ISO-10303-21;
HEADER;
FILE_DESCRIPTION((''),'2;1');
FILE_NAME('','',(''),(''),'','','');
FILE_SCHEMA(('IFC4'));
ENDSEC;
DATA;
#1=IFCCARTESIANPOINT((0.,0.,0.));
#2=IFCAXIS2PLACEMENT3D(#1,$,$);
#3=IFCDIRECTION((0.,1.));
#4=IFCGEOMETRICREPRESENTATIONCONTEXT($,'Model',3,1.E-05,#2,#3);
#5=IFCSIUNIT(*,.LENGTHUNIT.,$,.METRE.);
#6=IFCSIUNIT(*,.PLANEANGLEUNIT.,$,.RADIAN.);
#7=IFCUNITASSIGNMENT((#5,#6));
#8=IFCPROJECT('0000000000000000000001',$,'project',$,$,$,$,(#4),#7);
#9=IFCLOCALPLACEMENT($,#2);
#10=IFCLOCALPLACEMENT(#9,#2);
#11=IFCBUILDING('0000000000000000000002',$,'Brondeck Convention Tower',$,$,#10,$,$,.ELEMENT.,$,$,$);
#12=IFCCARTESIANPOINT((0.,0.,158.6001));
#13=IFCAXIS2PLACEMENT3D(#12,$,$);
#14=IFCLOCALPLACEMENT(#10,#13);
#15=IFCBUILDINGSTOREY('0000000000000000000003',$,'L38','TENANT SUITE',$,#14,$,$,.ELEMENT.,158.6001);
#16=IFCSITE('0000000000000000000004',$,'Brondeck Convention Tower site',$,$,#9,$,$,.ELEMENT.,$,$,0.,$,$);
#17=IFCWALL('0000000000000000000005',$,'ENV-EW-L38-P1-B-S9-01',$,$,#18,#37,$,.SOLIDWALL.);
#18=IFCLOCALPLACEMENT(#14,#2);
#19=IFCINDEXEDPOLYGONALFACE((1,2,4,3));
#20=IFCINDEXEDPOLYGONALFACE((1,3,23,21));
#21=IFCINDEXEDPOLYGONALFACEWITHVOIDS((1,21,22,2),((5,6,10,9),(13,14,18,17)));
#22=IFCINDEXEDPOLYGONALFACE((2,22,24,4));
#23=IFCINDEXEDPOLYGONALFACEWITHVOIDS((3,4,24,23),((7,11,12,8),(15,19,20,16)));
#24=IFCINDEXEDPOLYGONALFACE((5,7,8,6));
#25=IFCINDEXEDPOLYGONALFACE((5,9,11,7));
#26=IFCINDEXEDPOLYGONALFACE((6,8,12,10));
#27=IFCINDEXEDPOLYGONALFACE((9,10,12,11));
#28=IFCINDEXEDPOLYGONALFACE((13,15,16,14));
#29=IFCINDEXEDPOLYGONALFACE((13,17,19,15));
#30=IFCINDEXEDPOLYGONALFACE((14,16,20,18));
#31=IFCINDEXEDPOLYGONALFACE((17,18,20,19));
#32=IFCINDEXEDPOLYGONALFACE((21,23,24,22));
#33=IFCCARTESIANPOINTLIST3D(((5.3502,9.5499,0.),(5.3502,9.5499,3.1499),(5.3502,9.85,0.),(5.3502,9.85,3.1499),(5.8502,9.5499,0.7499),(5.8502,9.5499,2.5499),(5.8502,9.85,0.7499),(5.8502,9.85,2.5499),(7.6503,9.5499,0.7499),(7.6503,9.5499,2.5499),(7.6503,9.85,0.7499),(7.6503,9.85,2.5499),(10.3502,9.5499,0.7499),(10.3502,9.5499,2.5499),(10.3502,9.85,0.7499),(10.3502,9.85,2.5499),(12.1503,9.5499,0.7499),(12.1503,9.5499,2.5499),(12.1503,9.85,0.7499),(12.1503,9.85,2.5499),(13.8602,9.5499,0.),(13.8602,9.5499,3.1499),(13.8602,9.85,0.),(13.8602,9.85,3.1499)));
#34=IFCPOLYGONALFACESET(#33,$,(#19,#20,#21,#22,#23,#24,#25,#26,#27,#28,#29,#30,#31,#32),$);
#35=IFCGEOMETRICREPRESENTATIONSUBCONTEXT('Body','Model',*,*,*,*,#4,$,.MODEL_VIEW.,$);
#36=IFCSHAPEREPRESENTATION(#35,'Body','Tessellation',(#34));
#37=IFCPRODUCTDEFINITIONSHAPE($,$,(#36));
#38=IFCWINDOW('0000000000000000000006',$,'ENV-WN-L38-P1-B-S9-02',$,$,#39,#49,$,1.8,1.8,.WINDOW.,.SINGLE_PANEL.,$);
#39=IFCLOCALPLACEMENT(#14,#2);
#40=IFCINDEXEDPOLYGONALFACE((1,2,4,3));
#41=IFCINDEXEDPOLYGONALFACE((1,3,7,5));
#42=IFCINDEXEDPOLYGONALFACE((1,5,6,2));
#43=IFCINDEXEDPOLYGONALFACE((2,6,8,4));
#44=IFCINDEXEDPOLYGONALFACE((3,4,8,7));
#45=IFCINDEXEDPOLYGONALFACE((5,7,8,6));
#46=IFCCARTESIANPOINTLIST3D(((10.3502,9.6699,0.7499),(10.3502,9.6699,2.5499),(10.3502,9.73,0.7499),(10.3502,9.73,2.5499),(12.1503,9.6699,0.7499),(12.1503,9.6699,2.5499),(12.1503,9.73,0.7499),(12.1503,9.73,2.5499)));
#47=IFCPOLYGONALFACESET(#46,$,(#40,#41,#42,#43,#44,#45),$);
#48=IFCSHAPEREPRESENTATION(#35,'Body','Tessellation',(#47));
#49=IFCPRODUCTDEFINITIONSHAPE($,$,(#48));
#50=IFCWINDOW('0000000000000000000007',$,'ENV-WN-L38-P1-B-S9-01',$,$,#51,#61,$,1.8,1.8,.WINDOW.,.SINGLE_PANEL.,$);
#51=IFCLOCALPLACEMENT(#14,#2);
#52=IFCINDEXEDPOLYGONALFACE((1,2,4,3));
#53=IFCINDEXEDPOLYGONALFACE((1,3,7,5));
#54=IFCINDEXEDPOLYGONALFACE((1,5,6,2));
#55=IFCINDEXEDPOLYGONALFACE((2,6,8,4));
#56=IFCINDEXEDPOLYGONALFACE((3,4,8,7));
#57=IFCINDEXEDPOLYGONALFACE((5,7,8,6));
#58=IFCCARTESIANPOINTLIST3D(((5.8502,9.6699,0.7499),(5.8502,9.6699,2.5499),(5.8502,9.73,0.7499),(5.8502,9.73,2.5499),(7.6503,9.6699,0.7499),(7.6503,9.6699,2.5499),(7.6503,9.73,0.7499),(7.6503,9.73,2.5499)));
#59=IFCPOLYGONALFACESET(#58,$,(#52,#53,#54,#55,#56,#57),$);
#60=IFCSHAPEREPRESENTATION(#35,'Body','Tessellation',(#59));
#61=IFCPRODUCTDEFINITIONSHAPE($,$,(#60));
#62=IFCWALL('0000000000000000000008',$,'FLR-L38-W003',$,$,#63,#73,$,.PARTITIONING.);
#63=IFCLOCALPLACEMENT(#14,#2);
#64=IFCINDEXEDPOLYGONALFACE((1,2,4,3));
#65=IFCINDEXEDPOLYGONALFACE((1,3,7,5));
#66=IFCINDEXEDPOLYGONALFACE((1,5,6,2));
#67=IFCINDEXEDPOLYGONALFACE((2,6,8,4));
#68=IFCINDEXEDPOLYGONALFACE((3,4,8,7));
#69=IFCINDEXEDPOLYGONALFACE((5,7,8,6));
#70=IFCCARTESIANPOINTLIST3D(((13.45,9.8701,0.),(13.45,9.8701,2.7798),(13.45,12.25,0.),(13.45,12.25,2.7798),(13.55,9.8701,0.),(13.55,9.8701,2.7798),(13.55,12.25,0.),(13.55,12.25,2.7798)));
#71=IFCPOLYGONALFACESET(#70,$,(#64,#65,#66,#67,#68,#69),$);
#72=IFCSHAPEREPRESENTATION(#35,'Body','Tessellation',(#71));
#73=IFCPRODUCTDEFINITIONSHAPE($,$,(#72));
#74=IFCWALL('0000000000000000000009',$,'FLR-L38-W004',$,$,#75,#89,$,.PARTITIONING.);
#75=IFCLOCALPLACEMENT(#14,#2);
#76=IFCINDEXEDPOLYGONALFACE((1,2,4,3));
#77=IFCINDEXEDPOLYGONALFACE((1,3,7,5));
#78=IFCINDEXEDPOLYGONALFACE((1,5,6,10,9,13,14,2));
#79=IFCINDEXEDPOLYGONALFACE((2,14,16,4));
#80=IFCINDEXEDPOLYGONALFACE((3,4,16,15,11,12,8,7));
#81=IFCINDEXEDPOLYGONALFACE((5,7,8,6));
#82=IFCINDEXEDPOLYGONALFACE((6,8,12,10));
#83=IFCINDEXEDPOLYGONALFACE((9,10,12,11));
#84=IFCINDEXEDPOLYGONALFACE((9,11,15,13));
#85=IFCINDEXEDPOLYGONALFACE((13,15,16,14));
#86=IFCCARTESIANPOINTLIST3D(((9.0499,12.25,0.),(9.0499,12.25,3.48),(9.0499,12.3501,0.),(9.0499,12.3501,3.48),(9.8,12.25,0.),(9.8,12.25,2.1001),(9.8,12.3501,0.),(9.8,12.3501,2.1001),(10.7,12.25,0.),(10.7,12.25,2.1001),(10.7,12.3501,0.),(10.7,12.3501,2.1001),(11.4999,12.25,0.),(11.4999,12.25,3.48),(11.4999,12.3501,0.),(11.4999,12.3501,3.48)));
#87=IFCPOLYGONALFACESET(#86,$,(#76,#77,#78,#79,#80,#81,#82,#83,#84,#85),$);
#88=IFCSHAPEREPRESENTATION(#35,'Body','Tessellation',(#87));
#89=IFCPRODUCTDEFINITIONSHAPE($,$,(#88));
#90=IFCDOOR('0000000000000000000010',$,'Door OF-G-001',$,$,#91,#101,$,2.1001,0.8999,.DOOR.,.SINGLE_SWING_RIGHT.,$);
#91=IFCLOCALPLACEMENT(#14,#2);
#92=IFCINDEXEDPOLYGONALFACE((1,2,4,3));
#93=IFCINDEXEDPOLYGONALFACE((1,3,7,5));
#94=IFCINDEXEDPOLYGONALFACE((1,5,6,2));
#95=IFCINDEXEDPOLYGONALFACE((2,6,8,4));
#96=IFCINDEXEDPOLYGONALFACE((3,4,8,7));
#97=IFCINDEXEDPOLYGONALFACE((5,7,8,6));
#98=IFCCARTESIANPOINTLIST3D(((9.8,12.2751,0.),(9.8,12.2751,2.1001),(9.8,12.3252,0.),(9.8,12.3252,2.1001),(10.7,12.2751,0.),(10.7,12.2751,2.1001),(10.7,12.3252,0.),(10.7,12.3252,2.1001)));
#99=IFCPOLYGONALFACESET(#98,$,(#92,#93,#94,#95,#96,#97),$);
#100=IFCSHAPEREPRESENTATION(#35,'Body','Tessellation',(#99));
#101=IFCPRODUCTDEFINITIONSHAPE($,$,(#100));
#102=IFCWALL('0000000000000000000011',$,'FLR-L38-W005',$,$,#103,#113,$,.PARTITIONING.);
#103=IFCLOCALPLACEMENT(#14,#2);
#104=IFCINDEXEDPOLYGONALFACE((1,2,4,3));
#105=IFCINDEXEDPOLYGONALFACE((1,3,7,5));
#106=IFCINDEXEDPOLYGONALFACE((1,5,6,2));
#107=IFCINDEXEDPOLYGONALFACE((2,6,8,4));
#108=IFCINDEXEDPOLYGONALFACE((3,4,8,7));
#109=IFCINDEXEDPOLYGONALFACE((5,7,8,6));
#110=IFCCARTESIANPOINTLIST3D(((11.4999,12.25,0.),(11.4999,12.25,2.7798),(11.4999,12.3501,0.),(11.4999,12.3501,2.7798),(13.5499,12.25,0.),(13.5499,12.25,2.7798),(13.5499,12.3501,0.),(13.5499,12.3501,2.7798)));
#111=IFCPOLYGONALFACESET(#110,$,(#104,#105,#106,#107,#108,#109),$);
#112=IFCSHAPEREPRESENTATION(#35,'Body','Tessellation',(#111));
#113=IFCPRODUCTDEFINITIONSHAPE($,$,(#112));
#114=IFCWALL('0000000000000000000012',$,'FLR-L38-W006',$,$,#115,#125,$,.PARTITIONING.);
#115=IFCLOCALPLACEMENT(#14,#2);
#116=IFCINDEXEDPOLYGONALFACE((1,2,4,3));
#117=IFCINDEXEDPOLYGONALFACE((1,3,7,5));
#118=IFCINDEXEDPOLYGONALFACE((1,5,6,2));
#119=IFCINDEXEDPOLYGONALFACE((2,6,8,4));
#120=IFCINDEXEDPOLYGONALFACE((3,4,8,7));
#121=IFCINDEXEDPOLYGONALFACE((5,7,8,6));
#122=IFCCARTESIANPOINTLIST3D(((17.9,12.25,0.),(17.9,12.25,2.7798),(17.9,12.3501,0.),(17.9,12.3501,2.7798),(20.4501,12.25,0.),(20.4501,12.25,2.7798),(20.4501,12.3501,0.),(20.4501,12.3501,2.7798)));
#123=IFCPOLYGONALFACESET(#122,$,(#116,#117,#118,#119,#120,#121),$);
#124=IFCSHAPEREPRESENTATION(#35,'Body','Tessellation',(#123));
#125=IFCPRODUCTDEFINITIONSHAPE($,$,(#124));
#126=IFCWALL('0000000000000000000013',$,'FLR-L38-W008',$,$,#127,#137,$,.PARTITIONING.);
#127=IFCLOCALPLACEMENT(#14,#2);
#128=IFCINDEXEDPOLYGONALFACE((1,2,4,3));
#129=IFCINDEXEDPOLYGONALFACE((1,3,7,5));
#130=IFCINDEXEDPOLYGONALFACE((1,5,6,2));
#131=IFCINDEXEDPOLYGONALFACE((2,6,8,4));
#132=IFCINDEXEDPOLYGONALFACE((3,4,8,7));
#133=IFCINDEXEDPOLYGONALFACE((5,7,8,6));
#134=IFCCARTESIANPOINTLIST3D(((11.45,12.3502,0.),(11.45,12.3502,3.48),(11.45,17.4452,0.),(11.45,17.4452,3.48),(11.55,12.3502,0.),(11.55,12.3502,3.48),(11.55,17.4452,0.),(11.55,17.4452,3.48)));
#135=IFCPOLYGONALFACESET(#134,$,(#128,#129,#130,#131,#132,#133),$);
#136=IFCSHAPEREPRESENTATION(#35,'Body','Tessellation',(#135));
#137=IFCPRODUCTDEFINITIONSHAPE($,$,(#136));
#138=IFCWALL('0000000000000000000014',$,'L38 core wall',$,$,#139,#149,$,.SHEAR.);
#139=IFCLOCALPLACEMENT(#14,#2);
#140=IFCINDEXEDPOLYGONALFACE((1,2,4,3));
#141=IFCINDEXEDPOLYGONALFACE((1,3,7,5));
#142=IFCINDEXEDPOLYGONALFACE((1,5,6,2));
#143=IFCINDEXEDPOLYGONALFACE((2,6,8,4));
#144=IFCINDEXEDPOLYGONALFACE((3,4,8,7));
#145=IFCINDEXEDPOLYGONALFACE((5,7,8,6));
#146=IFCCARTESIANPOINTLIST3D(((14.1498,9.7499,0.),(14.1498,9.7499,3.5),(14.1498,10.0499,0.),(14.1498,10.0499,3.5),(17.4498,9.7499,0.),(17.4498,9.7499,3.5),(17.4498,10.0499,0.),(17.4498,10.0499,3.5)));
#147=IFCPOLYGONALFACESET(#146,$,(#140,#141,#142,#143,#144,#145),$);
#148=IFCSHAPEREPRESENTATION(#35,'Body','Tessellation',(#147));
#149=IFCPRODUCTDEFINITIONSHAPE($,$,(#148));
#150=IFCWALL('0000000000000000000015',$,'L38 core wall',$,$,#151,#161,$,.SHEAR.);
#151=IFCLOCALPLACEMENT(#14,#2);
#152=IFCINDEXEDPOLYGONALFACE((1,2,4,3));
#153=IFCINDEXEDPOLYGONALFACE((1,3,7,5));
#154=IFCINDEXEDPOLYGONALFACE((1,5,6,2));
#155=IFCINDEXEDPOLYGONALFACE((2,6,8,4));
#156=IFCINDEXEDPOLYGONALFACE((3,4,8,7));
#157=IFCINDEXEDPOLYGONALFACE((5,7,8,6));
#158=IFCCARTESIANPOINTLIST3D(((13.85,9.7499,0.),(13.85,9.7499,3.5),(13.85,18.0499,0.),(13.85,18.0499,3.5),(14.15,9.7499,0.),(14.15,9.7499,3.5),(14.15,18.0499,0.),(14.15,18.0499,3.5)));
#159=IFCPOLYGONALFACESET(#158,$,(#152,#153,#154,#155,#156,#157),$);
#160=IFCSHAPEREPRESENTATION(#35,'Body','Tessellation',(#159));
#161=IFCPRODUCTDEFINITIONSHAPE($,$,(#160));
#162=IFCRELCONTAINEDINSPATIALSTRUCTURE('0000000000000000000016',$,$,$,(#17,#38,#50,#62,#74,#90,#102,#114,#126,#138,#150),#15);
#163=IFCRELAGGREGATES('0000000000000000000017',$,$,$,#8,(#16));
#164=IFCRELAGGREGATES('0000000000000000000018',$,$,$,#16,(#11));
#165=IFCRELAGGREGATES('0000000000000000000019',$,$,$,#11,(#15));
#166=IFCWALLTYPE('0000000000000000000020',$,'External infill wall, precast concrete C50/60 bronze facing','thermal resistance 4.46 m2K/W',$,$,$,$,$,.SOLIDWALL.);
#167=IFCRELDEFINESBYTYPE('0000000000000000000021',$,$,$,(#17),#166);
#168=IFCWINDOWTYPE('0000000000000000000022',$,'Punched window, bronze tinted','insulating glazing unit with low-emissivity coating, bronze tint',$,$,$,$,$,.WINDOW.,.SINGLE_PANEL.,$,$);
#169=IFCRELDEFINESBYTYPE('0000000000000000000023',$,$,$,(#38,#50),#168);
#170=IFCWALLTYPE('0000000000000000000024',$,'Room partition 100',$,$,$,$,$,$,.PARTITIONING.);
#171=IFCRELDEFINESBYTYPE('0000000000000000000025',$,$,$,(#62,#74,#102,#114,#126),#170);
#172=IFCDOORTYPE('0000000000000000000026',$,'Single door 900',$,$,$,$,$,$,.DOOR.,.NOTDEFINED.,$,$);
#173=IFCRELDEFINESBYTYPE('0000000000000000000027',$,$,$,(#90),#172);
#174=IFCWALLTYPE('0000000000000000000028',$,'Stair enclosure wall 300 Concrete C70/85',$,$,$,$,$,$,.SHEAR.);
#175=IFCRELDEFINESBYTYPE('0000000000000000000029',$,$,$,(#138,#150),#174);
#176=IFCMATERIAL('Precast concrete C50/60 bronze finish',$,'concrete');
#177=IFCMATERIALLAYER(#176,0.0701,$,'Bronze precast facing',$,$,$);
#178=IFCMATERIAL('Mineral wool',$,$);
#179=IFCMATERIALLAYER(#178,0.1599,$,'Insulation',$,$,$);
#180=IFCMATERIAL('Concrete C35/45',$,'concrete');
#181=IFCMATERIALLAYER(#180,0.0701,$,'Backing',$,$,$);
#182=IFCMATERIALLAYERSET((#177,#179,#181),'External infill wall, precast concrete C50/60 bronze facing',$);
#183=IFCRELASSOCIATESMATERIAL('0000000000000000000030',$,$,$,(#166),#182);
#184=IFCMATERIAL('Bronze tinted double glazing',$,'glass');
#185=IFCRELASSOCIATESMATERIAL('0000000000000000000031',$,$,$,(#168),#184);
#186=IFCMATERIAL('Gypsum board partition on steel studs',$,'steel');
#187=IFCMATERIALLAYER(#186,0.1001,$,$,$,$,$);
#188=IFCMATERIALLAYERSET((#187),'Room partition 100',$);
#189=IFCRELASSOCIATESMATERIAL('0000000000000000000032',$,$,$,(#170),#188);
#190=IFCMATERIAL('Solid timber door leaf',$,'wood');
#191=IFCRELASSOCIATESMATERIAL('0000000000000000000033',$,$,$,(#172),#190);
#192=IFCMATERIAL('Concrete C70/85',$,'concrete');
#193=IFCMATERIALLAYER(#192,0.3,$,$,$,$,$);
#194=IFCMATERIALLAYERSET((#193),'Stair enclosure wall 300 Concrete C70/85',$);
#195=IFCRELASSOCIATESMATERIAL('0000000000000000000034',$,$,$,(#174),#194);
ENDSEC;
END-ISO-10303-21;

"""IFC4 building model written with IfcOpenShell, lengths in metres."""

from ifc_helpers import new_model, si_unit, direction, frame, frame_2d, origin, place, context, subcontext, project, spatial, rectangle, extrude, material, layer, layer_set, type_object, element, fill, save


model = new_model("IFC4")

# Units and contexts
model_context = context("Model", 3, precision=1e-05, world=origin(), true_north=direction((0.0, 1.0)))
body_context = subcontext(model_context, "Body", "Model", "MODEL_VIEW")
ifc_project = project(units=[si_unit("LENGTHUNIT", "METRE"), si_unit("PLANEANGLEUNIT", "RADIAN")], contexts=[model_context])

# Site, building, storey
site_placement = place(None, origin())
site = spatial("IfcSite", under=ifc_project, at=site_placement, Name="Brondeck Convention Tower site", CompositionType="ELEMENT", RefElevation=0.0)
building_placement = place(site_placement, origin())
building = spatial("IfcBuilding", under=site, at=building_placement, Name="Brondeck Convention Tower", CompositionType="ELEMENT")
storey_placement = place(building_placement, frame((0.0, 0.0, 158.6001)))
storey = spatial("IfcBuildingStorey", under=building, at=storey_placement, Name="L38", Description="TENANT SUITE", CompositionType="ELEMENT", Elevation=158.6001)

# Shared definitions
ifc_material_1 = material(Name="Concrete C70/85", Category="concrete")

# Wall, openings, windows
ifc_material_2 = material(Name="Precast concrete C50/60 bronze finish", Category="concrete")
ifc_layer_1 = layer(ifc_material_2, 0.0701, Name="Bronze precast facing")
ifc_material_3 = material(Name="Mineral wool")
ifc_layer_2 = layer(ifc_material_3, 0.1599, Name="Insulation")
ifc_material_4 = material(Name="Concrete C35/45", Category="concrete")
ifc_layer_3 = layer(ifc_material_4, 0.0701, Name="Backing")
ifc_layer_set_1 = layer_set([ifc_layer_1, ifc_layer_2, ifc_layer_3], Name="External infill wall, precast concrete C50/60 bronze facing")
wall_type_1 = type_object("IfcWallType", Name="External infill wall, precast concrete C50/60 bronze facing", Description="thermal resistance 4.46 m2K/W", PredefinedType="SOLIDWALL", material=ifc_layer_set_1)
wall_1_placement = place(storey_placement, frame((13.8601, 9.7, 0.0), z_axis=(0.0, 0.0, 1.0), x_axis=(-1.0, 0.0, 0.0)))
wall_1 = element("IfcWall", 1, at=wall_1_placement, inside=storey, type_object=wall_type_1, Name="ENV-EW-L38-P1-B-S9-01", PredefinedType="SOLIDWALL", context=body_context, shape_type="SweptSolid", body=[
    extrude(rectangle(XDim=8.51, YDim=0.3, at=frame_2d((4.2549, 0.0))), origin(), (0.0, 0.0, 1.0), 3.1499),
])
opening_1_placement = place(wall_1_placement, frame((1.71, 0.0, 0.75)))
opening_1 = element("IfcOpeningElement", 2, at=opening_1_placement, cuts=wall_1, PredefinedType="OPENING", context=body_context, shape_type="SweptSolid", body=[
    extrude(rectangle(XDim=1.8, YDim=1.8, at=frame_2d((0.8999, 0.8999))), frame((0.0, 0.1599, 0.0), z_axis=(0.0, -1.0, 0.0), x_axis=(1.0, 0.0, 0.0)), (0.0, 0.0, 1.0), 0.3201),
])
opening_2_placement = place(wall_1_placement, frame((6.21, 0.0, 0.75)))
opening_2 = element("IfcOpeningElement", 3, at=opening_2_placement, cuts=wall_1, PredefinedType="OPENING", context=body_context, shape_type="SweptSolid", body=[
    extrude(rectangle(XDim=1.8, YDim=1.8, at=frame_2d((0.8999, 0.8999))), frame((0.0, 0.1599, 0.0), z_axis=(0.0, -1.0, 0.0), x_axis=(1.0, 0.0, 0.0)), (0.0, 0.0, 1.0), 0.3201),
])
ifc_material_5 = material(Name="Bronze tinted double glazing", Category="glass")
window_type = type_object("IfcWindowType", Name="Punched window, bronze tinted", Description="insulating glazing unit with low-emissivity coating, bronze tint", PartitioningType="SINGLE_PANEL", PredefinedType="WINDOW", material=ifc_material_5)
window_1_placement = place(opening_1_placement, origin())
window_1 = element("IfcWindow", 4, at=window_1_placement, inside=storey, type_object=window_type, Name="ENV-WN-L38-P1-B-S9-02", OverallHeight=1.8, OverallWidth=1.8, PartitioningType="SINGLE_PANEL", PredefinedType="WINDOW", context=body_context, shape_type="SweptSolid", body=[
    extrude(rectangle(XDim=1.8, YDim=1.8, at=frame_2d((0.8999, 0.8999))), frame((0.0, 0.03, 0.0), z_axis=(0.0, -1.0, 0.0), x_axis=(1.0, 0.0, 0.0)), (0.0, 0.0, 1.0), 0.0601),
])
fill(opening_1, window_1)
window_2_placement = place(opening_2_placement, origin())
window_2 = element("IfcWindow", 5, at=window_2_placement, inside=storey, type_object=window_type, Name="ENV-WN-L38-P1-B-S9-01", OverallHeight=1.8, OverallWidth=1.8, PartitioningType="SINGLE_PANEL", PredefinedType="WINDOW", context=body_context, shape_type="SweptSolid", body=[
    extrude(rectangle(XDim=1.8, YDim=1.8, at=frame_2d((0.8999, 0.8999))), frame((0.0, 0.03, 0.0), z_axis=(0.0, -1.0, 0.0), x_axis=(1.0, 0.0, 0.0)), (0.0, 0.0, 1.0), 0.0601),
])
fill(opening_2, window_2)

# Wall
ifc_material_6 = material(Name="Gypsum board partition on steel studs", Category="steel")
ifc_layer_4 = layer(ifc_material_6, 0.1001)
ifc_layer_set_2 = layer_set([ifc_layer_4], Name="Room partition 100")
wall_type_2 = type_object("IfcWallType", Name="Room partition 100", PredefinedType="PARTITIONING", material=ifc_layer_set_2)
wall_2_placement = place(storey_placement, frame((13.5, 12.25, 0.0), z_axis=(0.0, 0.0, 1.0), x_axis=(0.0, -1.0, 0.0)))
element("IfcWall", 6, at=wall_2_placement, inside=storey, type_object=wall_type_2, Name="FLR-L38-W003", PredefinedType="PARTITIONING", context=body_context, shape_type="SweptSolid", body=[
    extrude(rectangle(XDim=2.3799, YDim=0.1001, at=frame_2d((1.1899, 0.0))), origin(), (0.0, 0.0, 1.0), 2.7798),
])

# Wall, opening, door
wall_3_placement = place(storey_placement, frame((11.5, 12.3, 0.0), z_axis=(0.0, 0.0, 1.0), x_axis=(-1.0, 0.0, 0.0)))
wall_3 = element("IfcWall", 7, at=wall_3_placement, inside=storey, type_object=wall_type_2, Name="FLR-L38-W004", PredefinedType="PARTITIONING", context=body_context, shape_type="SweptSolid", body=[
    extrude(rectangle(XDim=2.45, YDim=0.1001, at=frame_2d((1.2251, 0.0))), origin(), (0.0, 0.0, 1.0), 3.48),
])
opening_3_placement = place(wall_3_placement, frame((0.8, 0.0, 0.0)))
opening_3 = element("IfcOpeningElement", 8, at=opening_3_placement, cuts=wall_3, PredefinedType="OPENING", context=body_context, shape_type="SweptSolid", body=[
    extrude(rectangle(XDim=0.8999, YDim=2.1001, at=frame_2d((0.45, 1.05))), frame((0.0, 0.0601, 0.0), z_axis=(0.0, -1.0, 0.0), x_axis=(1.0, 0.0, 0.0)), (0.0, 0.0, 1.0), 0.1201),
])
ifc_material_7 = material(Name="Solid timber door leaf", Category="wood")
door_type_1 = type_object("IfcDoorType", Name="Single door 900", OperationType="NOTDEFINED", PredefinedType="DOOR", material=ifc_material_7)
door_1_placement = place(opening_3_placement, origin())
door_1 = element("IfcDoor", 9, at=door_1_placement, inside=storey, type_object=door_type_1, Name="Door OF-G-001", OperationType="SINGLE_SWING_RIGHT", OverallHeight=2.1001, OverallWidth=0.8999, PredefinedType="DOOR", context=body_context, shape_type="SweptSolid", body=[
    extrude(rectangle(XDim=0.8999, YDim=2.1001, at=frame_2d((0.45, 1.05))), frame((0.0, 0.0249, 0.0), z_axis=(0.0, -1.0, 0.0), x_axis=(1.0, 0.0, 0.0)), (0.0, 0.0, 1.0), 0.05),
])
fill(opening_3, door_1)

# Walls
wall_4_placement = place(storey_placement, frame((11.5, 12.3, 0.0), z_axis=(0.0, 0.0, 1.0), x_axis=(1.0, 0.0, 0.0)))
element("IfcWall", 10, at=wall_4_placement, inside=storey, type_object=wall_type_2, Name="FLR-L38-W005", PredefinedType="PARTITIONING", context=body_context, shape_type="SweptSolid", body=[
    extrude(rectangle(XDim=2.05, YDim=0.1001, at=frame_2d((1.0249, 0.0))), origin(), (0.0, 0.0, 1.0), 2.7798),
])
wall_5_placement = place(storey_placement, frame((20.45, 12.3, 0.0), z_axis=(0.0, 0.0, 1.0), x_axis=(-1.0, 0.0, 0.0)))
element("IfcWall", 11, at=wall_5_placement, inside=storey, type_object=wall_type_2, Name="FLR-L38-W006", PredefinedType="PARTITIONING", context=body_context, shape_type="SweptSolid", body=[
    extrude(rectangle(XDim=2.55, YDim=0.1001, at=frame_2d((1.2749, 0.0))), origin(), (0.0, 0.0, 1.0), 2.7798),
])
wall_6_placement = place(storey_placement, frame((11.5, 17.4451, 0.0), z_axis=(0.0, 0.0, 1.0), x_axis=(0.0, -1.0, 0.0)))
element("IfcWall", 12, at=wall_6_placement, inside=storey, type_object=wall_type_2, Name="FLR-L38-W008", PredefinedType="PARTITIONING", context=body_context, shape_type="SweptSolid", body=[
    extrude(rectangle(XDim=5.095, YDim=0.1001, at=frame_2d((2.5474, 0.0))), origin(), (0.0, 0.0, 1.0), 3.48),
])
ifc_layer_5 = layer(ifc_material_1, 0.3)
ifc_layer_set_3 = layer_set([ifc_layer_5], Name="Stair enclosure wall 300 Concrete C70/85")
wall_type_3 = type_object("IfcWallType", Name="Stair enclosure wall 300 Concrete C70/85", PredefinedType="SHEAR", material=ifc_layer_set_3)
wall_7_placement = place(storey_placement, frame((14.1499, 9.8999, 0.0), z_axis=(0.0, 0.0, 1.0), x_axis=(1.0, 0.0, 0.0)))
element("IfcWall", 13, at=wall_7_placement, inside=storey, type_object=wall_type_3, Name="L38 core wall", PredefinedType="SHEAR", context=body_context, shape_type="SweptSolid", body=[
    extrude(rectangle(XDim=3.3, YDim=0.3, at=frame_2d((1.6499, 0.0))), origin(), (0.0, 0.0, 1.0), 3.5),
])
wall_8_placement = place(storey_placement, frame((14.0, 9.75, 0.0), z_axis=(0.0, 0.0, 1.0), x_axis=(0.0, 1.0, 0.0)))
element("IfcWall", 14, at=wall_8_placement, inside=storey, type_object=wall_type_3, Name="L38 core wall", PredefinedType="SHEAR", context=body_context, shape_type="SweptSolid", body=[
    extrude(rectangle(XDim=8.3, YDim=0.3, at=frame_2d((4.1499, 0.0))), origin(), (0.0, 0.0, 1.0), 3.5),
])

save(model, "model.ifc")
